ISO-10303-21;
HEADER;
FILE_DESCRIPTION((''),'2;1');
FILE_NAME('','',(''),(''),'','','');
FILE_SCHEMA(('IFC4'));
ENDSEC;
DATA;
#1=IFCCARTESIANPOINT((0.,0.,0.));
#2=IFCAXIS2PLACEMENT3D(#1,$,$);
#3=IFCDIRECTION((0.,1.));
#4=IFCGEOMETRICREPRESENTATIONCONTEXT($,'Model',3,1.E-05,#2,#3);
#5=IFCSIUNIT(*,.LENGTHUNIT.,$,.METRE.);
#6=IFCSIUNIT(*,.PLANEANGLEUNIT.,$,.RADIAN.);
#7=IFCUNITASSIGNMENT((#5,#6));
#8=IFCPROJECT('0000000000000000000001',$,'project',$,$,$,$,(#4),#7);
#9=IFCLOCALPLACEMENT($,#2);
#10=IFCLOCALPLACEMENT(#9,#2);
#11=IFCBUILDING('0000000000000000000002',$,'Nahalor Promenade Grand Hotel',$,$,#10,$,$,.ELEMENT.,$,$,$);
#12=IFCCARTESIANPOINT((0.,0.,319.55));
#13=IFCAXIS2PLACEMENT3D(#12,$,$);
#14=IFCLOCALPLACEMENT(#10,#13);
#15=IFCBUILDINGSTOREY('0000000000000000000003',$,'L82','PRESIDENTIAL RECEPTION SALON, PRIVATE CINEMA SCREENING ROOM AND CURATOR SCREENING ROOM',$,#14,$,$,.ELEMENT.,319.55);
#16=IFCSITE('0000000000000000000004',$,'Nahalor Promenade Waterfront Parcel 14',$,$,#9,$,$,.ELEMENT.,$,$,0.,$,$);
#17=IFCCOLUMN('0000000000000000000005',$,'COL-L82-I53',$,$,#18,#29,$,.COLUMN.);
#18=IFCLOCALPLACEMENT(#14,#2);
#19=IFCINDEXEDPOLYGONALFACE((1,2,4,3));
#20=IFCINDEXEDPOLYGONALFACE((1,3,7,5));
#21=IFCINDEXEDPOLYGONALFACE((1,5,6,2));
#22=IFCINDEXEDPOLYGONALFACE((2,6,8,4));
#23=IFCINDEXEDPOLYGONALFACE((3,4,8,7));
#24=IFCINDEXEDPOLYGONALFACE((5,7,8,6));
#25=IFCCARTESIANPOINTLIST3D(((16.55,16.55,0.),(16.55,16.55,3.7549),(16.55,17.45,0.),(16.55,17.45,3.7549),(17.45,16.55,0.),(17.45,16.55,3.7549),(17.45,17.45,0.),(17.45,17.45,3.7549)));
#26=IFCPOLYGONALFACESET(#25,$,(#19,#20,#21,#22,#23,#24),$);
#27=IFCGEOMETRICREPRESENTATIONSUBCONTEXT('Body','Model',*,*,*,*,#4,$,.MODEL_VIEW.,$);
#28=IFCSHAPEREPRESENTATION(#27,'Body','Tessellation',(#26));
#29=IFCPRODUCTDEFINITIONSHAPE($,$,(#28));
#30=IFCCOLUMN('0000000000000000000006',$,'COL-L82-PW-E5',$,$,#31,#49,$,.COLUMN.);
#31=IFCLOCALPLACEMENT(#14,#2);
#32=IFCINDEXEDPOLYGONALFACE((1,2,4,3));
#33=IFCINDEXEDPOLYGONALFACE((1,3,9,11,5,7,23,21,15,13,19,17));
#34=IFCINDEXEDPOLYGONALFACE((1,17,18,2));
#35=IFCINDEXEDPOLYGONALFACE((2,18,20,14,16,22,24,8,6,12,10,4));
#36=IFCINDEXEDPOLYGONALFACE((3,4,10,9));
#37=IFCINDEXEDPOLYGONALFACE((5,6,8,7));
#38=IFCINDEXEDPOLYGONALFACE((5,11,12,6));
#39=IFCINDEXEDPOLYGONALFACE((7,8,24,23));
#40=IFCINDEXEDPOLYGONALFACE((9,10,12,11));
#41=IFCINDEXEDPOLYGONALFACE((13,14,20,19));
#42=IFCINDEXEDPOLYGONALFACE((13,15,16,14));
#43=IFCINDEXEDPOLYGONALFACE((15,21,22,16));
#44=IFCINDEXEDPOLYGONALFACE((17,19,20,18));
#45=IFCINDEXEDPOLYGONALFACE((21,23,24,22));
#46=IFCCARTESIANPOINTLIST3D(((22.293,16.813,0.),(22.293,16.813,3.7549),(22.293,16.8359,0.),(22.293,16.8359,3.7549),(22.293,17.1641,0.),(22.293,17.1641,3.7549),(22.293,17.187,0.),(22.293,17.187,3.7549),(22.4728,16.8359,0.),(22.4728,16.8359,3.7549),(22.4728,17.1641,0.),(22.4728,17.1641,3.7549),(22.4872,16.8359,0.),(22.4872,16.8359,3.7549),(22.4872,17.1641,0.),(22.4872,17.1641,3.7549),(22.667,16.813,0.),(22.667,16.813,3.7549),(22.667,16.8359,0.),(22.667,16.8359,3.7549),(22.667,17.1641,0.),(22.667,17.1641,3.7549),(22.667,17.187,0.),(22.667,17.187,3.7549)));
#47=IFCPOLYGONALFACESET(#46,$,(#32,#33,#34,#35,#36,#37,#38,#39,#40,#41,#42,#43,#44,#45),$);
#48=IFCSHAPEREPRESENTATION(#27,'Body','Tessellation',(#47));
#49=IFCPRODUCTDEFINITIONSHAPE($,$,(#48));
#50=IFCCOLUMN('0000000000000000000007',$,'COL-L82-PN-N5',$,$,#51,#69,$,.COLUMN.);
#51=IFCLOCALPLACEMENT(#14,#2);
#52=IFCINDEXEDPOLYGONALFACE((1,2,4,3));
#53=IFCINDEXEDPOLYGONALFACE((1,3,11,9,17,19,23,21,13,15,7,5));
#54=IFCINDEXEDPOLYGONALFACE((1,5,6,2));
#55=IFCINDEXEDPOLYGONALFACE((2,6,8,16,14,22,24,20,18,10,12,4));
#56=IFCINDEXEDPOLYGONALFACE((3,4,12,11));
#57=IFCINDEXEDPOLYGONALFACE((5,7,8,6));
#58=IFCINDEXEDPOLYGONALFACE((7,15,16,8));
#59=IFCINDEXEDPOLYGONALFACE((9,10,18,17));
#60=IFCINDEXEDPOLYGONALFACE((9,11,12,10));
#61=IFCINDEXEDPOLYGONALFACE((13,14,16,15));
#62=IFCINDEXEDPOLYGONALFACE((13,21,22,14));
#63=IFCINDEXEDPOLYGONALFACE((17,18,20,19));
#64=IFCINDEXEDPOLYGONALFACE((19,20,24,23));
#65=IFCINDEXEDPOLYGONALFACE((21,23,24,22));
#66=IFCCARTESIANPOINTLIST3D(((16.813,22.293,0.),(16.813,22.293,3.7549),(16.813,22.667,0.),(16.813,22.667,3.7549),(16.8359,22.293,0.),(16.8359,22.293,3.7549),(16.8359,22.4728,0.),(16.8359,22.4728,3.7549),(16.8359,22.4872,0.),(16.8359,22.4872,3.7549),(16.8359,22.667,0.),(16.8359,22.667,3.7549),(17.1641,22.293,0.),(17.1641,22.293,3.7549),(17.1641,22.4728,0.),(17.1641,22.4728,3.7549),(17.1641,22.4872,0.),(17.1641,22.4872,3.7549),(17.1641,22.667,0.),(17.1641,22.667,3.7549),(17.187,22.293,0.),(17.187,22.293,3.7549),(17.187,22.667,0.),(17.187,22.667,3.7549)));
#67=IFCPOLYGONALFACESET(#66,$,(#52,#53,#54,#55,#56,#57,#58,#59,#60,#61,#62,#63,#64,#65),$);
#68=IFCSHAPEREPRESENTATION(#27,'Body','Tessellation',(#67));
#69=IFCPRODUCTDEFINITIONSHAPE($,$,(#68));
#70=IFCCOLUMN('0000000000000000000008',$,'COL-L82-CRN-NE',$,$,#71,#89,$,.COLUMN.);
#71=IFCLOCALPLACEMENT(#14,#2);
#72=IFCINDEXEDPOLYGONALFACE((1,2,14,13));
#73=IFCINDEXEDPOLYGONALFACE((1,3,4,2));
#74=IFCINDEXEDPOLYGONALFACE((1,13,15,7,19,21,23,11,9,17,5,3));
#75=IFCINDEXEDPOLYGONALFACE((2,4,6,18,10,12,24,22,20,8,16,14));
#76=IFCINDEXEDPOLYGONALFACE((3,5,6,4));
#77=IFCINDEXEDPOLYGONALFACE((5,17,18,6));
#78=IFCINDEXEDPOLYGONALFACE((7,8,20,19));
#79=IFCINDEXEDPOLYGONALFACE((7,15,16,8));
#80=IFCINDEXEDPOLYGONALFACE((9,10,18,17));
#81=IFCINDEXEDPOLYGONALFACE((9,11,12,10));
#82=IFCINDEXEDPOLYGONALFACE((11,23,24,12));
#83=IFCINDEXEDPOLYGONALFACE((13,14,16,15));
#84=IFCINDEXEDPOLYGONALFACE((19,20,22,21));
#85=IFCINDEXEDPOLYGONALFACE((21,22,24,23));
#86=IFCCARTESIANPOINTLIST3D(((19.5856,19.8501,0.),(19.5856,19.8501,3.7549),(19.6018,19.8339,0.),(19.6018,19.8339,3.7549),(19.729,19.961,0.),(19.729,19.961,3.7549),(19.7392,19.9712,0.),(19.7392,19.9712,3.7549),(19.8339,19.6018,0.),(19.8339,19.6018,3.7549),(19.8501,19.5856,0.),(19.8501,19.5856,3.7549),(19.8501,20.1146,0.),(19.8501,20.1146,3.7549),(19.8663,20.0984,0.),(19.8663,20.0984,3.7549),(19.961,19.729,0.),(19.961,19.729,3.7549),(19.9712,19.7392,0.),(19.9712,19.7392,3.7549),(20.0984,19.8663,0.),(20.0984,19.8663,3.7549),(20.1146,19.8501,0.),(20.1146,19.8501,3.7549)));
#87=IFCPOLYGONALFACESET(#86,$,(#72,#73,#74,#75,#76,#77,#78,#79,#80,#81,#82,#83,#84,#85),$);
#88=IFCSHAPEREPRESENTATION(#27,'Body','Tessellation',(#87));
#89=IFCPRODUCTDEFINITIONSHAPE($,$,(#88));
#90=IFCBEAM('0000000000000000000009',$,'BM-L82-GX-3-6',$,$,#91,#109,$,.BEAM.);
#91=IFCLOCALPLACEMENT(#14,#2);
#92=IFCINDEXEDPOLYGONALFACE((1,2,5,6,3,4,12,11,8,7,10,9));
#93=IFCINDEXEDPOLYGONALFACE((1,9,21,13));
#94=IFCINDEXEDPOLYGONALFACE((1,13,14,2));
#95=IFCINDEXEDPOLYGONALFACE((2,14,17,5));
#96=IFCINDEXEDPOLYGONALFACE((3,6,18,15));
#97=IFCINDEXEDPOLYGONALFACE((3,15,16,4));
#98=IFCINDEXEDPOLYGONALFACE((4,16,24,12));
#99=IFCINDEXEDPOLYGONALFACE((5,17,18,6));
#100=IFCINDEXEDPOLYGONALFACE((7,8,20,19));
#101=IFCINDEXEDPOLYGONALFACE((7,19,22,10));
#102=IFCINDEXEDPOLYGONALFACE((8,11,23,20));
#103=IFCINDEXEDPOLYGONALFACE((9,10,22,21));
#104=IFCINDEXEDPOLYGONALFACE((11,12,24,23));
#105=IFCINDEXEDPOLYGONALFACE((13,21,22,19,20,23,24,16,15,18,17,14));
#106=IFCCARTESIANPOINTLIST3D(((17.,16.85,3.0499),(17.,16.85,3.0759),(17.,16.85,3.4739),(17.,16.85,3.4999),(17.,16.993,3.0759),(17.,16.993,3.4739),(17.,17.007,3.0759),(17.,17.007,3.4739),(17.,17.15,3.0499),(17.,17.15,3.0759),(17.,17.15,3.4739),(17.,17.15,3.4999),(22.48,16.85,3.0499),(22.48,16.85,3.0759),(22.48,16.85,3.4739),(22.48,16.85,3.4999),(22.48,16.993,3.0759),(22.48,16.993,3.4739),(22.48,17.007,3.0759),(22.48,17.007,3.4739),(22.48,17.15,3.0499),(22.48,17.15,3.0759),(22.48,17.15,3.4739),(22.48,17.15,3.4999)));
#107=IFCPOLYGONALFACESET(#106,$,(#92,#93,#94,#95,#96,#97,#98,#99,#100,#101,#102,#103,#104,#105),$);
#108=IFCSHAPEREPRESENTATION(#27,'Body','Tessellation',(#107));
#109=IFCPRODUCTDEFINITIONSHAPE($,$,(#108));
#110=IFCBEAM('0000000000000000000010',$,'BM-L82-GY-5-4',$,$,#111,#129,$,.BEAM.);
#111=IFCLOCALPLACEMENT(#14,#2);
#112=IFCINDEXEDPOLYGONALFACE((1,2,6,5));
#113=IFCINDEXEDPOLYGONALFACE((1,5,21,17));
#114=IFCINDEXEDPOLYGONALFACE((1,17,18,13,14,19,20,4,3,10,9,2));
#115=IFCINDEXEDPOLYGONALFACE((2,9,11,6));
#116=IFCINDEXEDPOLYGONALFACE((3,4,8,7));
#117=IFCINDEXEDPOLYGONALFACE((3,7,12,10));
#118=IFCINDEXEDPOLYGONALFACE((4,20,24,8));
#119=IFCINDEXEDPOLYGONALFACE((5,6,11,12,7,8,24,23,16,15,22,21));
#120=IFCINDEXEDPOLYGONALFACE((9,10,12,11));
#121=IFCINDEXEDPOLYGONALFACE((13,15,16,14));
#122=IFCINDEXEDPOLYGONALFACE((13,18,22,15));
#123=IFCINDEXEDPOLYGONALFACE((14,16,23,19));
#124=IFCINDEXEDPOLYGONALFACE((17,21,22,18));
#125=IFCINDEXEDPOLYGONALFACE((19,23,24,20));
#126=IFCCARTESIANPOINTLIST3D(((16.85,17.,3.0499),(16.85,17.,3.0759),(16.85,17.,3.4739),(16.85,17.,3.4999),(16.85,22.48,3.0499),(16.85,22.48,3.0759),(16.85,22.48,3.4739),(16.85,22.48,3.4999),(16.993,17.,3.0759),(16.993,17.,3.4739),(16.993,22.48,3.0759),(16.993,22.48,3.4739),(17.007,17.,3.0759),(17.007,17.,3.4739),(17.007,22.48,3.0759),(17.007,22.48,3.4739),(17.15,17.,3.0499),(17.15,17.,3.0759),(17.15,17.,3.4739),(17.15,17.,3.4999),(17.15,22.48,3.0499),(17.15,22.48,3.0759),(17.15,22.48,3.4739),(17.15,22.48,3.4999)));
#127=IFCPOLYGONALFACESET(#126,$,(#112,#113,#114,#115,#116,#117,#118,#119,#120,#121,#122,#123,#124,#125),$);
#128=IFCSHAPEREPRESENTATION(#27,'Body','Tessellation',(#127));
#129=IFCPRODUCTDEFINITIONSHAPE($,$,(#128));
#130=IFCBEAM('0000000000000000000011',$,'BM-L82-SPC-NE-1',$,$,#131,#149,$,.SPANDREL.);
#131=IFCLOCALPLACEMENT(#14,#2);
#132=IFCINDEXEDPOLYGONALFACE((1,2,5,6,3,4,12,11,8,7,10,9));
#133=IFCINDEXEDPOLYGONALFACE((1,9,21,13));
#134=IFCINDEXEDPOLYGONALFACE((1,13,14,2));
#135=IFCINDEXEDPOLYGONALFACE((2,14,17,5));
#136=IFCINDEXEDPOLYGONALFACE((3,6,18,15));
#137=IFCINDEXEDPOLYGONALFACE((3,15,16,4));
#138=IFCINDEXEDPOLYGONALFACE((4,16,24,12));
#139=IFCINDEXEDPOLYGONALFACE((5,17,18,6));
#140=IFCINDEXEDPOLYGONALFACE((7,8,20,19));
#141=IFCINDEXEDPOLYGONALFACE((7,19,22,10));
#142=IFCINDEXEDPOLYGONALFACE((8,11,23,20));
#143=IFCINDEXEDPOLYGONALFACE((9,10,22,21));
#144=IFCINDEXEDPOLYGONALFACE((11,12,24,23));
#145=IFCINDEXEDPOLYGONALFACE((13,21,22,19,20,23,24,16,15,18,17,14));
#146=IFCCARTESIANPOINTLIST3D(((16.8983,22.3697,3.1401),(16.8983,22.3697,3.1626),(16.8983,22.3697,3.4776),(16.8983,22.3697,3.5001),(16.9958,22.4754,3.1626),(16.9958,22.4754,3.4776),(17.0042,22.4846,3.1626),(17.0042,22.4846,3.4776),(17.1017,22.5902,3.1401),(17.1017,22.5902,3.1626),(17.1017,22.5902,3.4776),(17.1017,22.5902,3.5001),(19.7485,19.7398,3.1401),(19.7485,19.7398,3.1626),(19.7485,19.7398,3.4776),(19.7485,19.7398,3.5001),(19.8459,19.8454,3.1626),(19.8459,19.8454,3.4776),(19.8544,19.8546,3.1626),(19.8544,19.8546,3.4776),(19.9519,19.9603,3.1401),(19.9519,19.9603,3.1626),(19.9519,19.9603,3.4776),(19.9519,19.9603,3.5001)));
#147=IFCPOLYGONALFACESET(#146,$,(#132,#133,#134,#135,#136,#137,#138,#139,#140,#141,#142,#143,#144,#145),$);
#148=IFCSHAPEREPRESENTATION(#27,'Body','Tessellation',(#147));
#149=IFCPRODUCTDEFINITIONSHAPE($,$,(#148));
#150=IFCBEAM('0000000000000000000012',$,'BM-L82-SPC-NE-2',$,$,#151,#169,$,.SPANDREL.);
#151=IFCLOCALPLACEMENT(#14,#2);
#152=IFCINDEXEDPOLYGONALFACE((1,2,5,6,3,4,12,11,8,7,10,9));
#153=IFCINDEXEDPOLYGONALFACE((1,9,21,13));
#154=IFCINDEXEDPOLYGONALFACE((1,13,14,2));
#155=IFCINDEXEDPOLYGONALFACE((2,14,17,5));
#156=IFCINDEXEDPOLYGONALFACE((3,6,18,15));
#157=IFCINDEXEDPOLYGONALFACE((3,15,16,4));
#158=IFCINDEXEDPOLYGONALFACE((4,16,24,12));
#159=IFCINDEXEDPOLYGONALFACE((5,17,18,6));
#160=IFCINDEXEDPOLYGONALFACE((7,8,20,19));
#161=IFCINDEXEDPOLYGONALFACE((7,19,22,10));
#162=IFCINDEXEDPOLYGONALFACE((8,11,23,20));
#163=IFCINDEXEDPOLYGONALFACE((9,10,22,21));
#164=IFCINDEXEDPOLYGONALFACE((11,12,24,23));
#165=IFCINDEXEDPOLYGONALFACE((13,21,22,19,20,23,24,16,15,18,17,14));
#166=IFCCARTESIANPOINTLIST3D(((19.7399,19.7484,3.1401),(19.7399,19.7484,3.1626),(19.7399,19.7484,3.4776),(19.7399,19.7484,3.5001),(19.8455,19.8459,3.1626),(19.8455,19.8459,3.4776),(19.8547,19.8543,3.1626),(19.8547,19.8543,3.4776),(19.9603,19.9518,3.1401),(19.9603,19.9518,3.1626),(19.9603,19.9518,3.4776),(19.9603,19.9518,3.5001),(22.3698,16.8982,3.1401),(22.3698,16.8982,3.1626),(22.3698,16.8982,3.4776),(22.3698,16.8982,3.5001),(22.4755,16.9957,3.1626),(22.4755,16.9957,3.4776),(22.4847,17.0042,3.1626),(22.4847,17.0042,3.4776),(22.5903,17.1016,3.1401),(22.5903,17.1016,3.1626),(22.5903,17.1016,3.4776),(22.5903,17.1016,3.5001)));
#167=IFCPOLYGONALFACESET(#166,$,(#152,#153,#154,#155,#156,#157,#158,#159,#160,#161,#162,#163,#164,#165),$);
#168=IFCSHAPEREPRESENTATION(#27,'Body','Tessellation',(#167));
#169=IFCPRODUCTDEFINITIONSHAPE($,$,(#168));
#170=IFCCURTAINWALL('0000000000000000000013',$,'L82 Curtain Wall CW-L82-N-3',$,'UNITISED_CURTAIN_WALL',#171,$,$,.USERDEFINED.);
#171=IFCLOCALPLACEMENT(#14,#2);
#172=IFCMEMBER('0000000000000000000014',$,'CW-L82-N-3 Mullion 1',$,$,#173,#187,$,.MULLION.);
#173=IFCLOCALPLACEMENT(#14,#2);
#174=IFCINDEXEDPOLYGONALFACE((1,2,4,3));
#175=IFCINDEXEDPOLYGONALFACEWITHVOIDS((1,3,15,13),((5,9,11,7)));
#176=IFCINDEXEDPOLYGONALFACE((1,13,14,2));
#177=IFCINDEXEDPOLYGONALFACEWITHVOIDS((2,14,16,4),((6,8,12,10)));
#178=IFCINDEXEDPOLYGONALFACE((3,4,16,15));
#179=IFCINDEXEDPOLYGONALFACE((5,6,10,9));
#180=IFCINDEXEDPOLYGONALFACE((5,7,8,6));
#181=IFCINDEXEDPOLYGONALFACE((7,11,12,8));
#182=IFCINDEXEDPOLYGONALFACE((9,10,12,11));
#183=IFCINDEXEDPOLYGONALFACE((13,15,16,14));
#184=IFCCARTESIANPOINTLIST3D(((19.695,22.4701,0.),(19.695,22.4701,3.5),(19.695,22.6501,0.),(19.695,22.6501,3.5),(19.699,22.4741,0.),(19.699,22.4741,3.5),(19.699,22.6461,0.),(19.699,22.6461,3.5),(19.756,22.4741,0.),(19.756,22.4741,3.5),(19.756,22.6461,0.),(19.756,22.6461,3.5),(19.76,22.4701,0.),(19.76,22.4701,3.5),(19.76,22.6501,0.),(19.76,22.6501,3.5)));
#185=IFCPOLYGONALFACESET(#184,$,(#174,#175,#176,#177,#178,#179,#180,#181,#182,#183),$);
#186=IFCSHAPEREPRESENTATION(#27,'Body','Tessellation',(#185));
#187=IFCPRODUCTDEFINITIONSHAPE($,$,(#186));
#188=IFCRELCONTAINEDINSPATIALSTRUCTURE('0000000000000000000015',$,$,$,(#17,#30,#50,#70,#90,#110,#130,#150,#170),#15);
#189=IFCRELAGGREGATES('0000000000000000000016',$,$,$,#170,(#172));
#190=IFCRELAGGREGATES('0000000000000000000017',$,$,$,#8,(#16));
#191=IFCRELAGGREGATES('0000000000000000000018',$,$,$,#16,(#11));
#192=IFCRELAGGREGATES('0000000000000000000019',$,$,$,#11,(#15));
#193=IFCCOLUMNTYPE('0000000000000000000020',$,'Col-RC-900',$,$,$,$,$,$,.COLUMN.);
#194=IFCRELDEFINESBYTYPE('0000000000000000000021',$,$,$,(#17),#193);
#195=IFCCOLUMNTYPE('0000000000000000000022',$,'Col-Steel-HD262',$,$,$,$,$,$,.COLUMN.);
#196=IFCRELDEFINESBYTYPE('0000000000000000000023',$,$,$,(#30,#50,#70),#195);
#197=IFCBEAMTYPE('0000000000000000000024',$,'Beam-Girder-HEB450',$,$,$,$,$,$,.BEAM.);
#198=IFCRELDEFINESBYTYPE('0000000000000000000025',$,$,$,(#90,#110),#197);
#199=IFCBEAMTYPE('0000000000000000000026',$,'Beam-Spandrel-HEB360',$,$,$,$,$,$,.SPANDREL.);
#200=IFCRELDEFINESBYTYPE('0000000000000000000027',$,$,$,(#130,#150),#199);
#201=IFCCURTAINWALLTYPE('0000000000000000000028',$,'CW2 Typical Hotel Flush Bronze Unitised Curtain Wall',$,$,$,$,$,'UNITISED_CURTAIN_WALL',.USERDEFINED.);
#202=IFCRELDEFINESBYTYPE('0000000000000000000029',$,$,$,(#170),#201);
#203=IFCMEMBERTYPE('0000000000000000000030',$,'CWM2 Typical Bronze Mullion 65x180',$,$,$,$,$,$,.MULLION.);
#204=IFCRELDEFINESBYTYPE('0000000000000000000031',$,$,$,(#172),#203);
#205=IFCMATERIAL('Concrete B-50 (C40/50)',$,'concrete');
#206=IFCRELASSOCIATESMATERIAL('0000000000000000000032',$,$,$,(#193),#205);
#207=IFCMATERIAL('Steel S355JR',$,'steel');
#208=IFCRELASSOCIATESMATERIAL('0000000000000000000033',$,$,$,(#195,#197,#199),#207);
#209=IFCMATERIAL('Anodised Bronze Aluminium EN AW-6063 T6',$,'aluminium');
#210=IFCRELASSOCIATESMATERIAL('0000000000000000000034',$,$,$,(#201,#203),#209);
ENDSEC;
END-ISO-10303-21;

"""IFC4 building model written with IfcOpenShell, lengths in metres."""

from ifc_helpers import new_model, si_unit, direction, frame, origin, origin_2d, place, context, subcontext, project, spatial, rectangle, hollow_rectangle, i_section, extrude, source, transform, mapped, material, material_profile, profile_set, type_object, element, aggregate, save


model = new_model("IFC4")

# Units and contexts
model_context = context("Model", 3, precision=1e-05, world=origin(), true_north=direction((0.0, 1.0)))
body_context = subcontext(model_context, "Body", "Model", "MODEL_VIEW")
ifc_project = project(units=[si_unit("LENGTHUNIT", "METRE"), si_unit("PLANEANGLEUNIT", "RADIAN")], contexts=[model_context])

# Site, building, storey
site_placement = place(None, origin())
site = spatial("IfcSite", under=ifc_project, at=site_placement, Name="Nahalor Promenade Waterfront Parcel 14", CompositionType="ELEMENT", RefElevation=0.0)
building_placement = place(site_placement, origin())
building = spatial("IfcBuilding", under=site, at=building_placement, Name="Nahalor Promenade Grand Hotel", CompositionType="ELEMENT")
storey_placement = place(building_placement, frame((0.0, 0.0, 319.55)))
storey = spatial("IfcBuildingStorey", under=building, at=storey_placement, Name="L82", Description="PRESIDENTIAL RECEPTION SALON, PRIVATE CINEMA SCREENING ROOM AND CURATOR SCREENING ROOM", CompositionType="ELEMENT", Elevation=319.55)

# Columns
ifc_material_1 = material(Name="Concrete B-50 (C40/50)", Category="concrete")
ifc_material_profile_1 = material_profile(ifc_material_1, rectangle(XDim=0.9, YDim=0.9, at=origin_2d()), Name="RC 900x900")
ifc_profile_set_1 = profile_set([ifc_material_profile_1], Name="Concrete B-50 (C40/50)")
column_type_1 = type_object("IfcColumnType", Name="Col-RC-900", PredefinedType="COLUMN", material=ifc_profile_set_1)
shared_shape_1 = source(origin(), body_context, "Body", "SweptSolid", [
    extrude(rectangle(XDim=0.9, YDim=0.9, at=origin_2d()), origin(), (0.0, 0.0, 1.0), 3.7549),
])
column_placement = place(storey_placement, frame((17.0, 17.0, 0.0), z_axis=(0.0, 0.0, 1.0), x_axis=(1.0, 0.0, 0.0)))
element("IfcColumn", 1, at=column_placement, inside=storey, type_object=column_type_1, Name="COL-L82-I53", PredefinedType="COLUMN", context=body_context, shape_type="MappedRepresentation", body=[
    mapped(shared_shape_1, transform((0.0, 0.0, 0.0), scale=1.0)),
])
ifc_material_2 = material(Name="Steel S355JR", Category="steel")
ifc_material_profile_2 = material_profile(ifc_material_2, i_section(OverallWidth=0.374, OverallDepth=0.374, WebThickness=0.0144, FlangeThickness=0.0229, at=origin_2d()), Name="HD 360x262")
ifc_profile_set_2 = profile_set([ifc_material_profile_2], Name="Steel S355JR")
column_type_2 = type_object("IfcColumnType", Name="Col-Steel-HD262", PredefinedType="COLUMN", material=ifc_profile_set_2)
shared_shape_2 = source(origin(), body_context, "Body", "SweptSolid", [
    extrude(i_section(OverallWidth=0.374, OverallDepth=0.374, WebThickness=0.0144, FlangeThickness=0.0229, at=origin_2d()), origin(), (0.0, 0.0, 1.0), 3.7549),
])
for number, where, z_axis, x_axis, name in (
    (2, (22.48, 17.0, 0.0), (0.0, 0.0, 1.0), (1.0, 0.0, 0.0), "COL-L82-PW-E5"),
    (3, (17.0, 22.48, 0.0), (0.0, 0.0, 1.0), (0.0, 1.0, 0.0), "COL-L82-PN-N5"),
    (4, (19.8501, 19.8501, 0.0), (0.0, 0.0, 1.0), (0.707107, 0.707107, 0.0), "COL-L82-CRN-NE"),
):
    element("IfcColumn", number, at=place(storey_placement, frame(where, z_axis=z_axis, x_axis=x_axis)), inside=storey, type_object=column_type_2, Name=name, PredefinedType="COLUMN", context=body_context, shape_type="MappedRepresentation", body=[
        mapped(shared_shape_2, transform((0.0, 0.0, 0.0), scale=1.0)),
    ])

# Beams
ifc_material_profile_3 = material_profile(ifc_material_2, i_section(OverallWidth=0.3, OverallDepth=0.45, WebThickness=0.014, FlangeThickness=0.026, at=origin_2d()), Name="HEB 450")
ifc_profile_set_3 = profile_set([ifc_material_profile_3], Name="Steel S355JR")
beam_type_1 = type_object("IfcBeamType", Name="Beam-Girder-HEB450", PredefinedType="BEAM", material=ifc_profile_set_3)
shared_shape_3 = source(origin(), body_context, "Body", "SweptSolid", [
    extrude(i_section(OverallWidth=0.3, OverallDepth=0.45, WebThickness=0.014, FlangeThickness=0.026, at=origin_2d()), origin(), (0.0, 0.0, 1.0), 5.48),
])
for number, where, z_axis, x_axis, name in (
    (5, (17.0, 17.0, 3.2749), (1.0, 0.0, 0.0), (0.0, 1.0, 0.0), "BM-L82-GX-3-6"),
    (6, (17.0, 17.0, 3.2749), (0.0, 1.0, 0.0), (-1.0, 0.0, 0.0), "BM-L82-GY-5-4"),
):
    element("IfcBeam", number, at=place(storey_placement, frame(where, z_axis=z_axis, x_axis=x_axis)), inside=storey, type_object=beam_type_1, Name=name, PredefinedType="BEAM", context=body_context, shape_type="MappedRepresentation", body=[
        mapped(shared_shape_3, transform((0.0, 0.0, 0.0), scale=1.0)),
    ])
ifc_material_profile_4 = material_profile(ifc_material_2, i_section(OverallWidth=0.3, OverallDepth=0.36, WebThickness=0.0125, FlangeThickness=0.0225, at=origin_2d()), Name="HEB 360")
ifc_profile_set_4 = profile_set([ifc_material_profile_4], Name="Steel S355JR")
beam_type_2 = type_object("IfcBeamType", Name="Beam-Spandrel-HEB360", PredefinedType="SPANDREL", material=ifc_profile_set_4)
shared_shape_4 = source(origin(), body_context, "Body", "SweptSolid", [
    extrude(i_section(OverallWidth=0.3, OverallDepth=0.36, WebThickness=0.0125, FlangeThickness=0.0225, at=origin_2d()), origin(), (0.0, 0.0, 1.0), 3.8782),
])
for number, where, z_axis, x_axis, name in (
    (7, (17.0, 22.48, 3.3201), (0.734929, -0.678144, 0.0), (0.678144, 0.734929, 0.0), "BM-L82-SPC-NE-1"),
    (8, (19.8501, 19.8501, 3.3201), (0.678144, -0.734929, 0.0), (0.734929, 0.678144, 0.0), "BM-L82-SPC-NE-2"),
):
    element("IfcBeam", number, at=place(storey_placement, frame(where, z_axis=z_axis, x_axis=x_axis)), inside=storey, type_object=beam_type_2, Name=name, PredefinedType="SPANDREL", context=body_context, shape_type="MappedRepresentation", body=[
        mapped(shared_shape_4, transform((0.0, 0.0, 0.0), scale=1.0)),
    ])

# Curtain wall, member
ifc_material_3 = material(Name="Anodised Bronze Aluminium EN AW-6063 T6", Category="aluminium")
curtain_wall_type = type_object("IfcCurtainWallType", Name="CW2 Typical Hotel Flush Bronze Unitised Curtain Wall", ElementType="UNITISED_CURTAIN_WALL", PredefinedType="USERDEFINED", material=ifc_material_3)
curtain_wall_1_placement = place(storey_placement, origin())
curtain_wall_1 = element("IfcCurtainWall", 9, at=curtain_wall_1_placement, inside=storey, type_object=curtain_wall_type, Name="L82 Curtain Wall CW-L82-N-3", ObjectType="UNITISED_CURTAIN_WALL", PredefinedType="USERDEFINED")
ifc_material_profile_5 = material_profile(ifc_material_3, hollow_rectangle(XDim=0.065, YDim=0.18, WallThickness=0.004, at=origin_2d()), Name="CWM 65x180x4")
ifc_profile_set_5 = profile_set([ifc_material_profile_5], Name="Anodised Bronze Aluminium EN AW-6063 T6")
member_type = type_object("IfcMemberType", Name="CWM2 Typical Bronze Mullion 65x180", PredefinedType="MULLION", material=ifc_profile_set_5)
shared_shape_5 = source(origin(), body_context, "Body", "SweptSolid", [
    extrude(hollow_rectangle(XDim=0.065, YDim=0.18, WallThickness=0.004, at=origin_2d()), origin(), (0.0, 0.0, 1.0), 3.5),
])
member_1_placement = place(storey_placement, frame((19.7275, 22.5601, 0.0), z_axis=(0.0, 0.0, 1.0), x_axis=(1.0, 0.0, 0.0)))
member_1 = element("IfcMember", 10, at=member_1_placement, type_object=member_type, Name="CW-L82-N-3 Mullion 1", PredefinedType="MULLION", context=body_context, shape_type="MappedRepresentation", body=[
    mapped(shared_shape_5, transform((0.0, 0.0, 0.0), scale=1.0)),
])

aggregate(curtain_wall_1, [member_1])

save(model, "model.ifc")
